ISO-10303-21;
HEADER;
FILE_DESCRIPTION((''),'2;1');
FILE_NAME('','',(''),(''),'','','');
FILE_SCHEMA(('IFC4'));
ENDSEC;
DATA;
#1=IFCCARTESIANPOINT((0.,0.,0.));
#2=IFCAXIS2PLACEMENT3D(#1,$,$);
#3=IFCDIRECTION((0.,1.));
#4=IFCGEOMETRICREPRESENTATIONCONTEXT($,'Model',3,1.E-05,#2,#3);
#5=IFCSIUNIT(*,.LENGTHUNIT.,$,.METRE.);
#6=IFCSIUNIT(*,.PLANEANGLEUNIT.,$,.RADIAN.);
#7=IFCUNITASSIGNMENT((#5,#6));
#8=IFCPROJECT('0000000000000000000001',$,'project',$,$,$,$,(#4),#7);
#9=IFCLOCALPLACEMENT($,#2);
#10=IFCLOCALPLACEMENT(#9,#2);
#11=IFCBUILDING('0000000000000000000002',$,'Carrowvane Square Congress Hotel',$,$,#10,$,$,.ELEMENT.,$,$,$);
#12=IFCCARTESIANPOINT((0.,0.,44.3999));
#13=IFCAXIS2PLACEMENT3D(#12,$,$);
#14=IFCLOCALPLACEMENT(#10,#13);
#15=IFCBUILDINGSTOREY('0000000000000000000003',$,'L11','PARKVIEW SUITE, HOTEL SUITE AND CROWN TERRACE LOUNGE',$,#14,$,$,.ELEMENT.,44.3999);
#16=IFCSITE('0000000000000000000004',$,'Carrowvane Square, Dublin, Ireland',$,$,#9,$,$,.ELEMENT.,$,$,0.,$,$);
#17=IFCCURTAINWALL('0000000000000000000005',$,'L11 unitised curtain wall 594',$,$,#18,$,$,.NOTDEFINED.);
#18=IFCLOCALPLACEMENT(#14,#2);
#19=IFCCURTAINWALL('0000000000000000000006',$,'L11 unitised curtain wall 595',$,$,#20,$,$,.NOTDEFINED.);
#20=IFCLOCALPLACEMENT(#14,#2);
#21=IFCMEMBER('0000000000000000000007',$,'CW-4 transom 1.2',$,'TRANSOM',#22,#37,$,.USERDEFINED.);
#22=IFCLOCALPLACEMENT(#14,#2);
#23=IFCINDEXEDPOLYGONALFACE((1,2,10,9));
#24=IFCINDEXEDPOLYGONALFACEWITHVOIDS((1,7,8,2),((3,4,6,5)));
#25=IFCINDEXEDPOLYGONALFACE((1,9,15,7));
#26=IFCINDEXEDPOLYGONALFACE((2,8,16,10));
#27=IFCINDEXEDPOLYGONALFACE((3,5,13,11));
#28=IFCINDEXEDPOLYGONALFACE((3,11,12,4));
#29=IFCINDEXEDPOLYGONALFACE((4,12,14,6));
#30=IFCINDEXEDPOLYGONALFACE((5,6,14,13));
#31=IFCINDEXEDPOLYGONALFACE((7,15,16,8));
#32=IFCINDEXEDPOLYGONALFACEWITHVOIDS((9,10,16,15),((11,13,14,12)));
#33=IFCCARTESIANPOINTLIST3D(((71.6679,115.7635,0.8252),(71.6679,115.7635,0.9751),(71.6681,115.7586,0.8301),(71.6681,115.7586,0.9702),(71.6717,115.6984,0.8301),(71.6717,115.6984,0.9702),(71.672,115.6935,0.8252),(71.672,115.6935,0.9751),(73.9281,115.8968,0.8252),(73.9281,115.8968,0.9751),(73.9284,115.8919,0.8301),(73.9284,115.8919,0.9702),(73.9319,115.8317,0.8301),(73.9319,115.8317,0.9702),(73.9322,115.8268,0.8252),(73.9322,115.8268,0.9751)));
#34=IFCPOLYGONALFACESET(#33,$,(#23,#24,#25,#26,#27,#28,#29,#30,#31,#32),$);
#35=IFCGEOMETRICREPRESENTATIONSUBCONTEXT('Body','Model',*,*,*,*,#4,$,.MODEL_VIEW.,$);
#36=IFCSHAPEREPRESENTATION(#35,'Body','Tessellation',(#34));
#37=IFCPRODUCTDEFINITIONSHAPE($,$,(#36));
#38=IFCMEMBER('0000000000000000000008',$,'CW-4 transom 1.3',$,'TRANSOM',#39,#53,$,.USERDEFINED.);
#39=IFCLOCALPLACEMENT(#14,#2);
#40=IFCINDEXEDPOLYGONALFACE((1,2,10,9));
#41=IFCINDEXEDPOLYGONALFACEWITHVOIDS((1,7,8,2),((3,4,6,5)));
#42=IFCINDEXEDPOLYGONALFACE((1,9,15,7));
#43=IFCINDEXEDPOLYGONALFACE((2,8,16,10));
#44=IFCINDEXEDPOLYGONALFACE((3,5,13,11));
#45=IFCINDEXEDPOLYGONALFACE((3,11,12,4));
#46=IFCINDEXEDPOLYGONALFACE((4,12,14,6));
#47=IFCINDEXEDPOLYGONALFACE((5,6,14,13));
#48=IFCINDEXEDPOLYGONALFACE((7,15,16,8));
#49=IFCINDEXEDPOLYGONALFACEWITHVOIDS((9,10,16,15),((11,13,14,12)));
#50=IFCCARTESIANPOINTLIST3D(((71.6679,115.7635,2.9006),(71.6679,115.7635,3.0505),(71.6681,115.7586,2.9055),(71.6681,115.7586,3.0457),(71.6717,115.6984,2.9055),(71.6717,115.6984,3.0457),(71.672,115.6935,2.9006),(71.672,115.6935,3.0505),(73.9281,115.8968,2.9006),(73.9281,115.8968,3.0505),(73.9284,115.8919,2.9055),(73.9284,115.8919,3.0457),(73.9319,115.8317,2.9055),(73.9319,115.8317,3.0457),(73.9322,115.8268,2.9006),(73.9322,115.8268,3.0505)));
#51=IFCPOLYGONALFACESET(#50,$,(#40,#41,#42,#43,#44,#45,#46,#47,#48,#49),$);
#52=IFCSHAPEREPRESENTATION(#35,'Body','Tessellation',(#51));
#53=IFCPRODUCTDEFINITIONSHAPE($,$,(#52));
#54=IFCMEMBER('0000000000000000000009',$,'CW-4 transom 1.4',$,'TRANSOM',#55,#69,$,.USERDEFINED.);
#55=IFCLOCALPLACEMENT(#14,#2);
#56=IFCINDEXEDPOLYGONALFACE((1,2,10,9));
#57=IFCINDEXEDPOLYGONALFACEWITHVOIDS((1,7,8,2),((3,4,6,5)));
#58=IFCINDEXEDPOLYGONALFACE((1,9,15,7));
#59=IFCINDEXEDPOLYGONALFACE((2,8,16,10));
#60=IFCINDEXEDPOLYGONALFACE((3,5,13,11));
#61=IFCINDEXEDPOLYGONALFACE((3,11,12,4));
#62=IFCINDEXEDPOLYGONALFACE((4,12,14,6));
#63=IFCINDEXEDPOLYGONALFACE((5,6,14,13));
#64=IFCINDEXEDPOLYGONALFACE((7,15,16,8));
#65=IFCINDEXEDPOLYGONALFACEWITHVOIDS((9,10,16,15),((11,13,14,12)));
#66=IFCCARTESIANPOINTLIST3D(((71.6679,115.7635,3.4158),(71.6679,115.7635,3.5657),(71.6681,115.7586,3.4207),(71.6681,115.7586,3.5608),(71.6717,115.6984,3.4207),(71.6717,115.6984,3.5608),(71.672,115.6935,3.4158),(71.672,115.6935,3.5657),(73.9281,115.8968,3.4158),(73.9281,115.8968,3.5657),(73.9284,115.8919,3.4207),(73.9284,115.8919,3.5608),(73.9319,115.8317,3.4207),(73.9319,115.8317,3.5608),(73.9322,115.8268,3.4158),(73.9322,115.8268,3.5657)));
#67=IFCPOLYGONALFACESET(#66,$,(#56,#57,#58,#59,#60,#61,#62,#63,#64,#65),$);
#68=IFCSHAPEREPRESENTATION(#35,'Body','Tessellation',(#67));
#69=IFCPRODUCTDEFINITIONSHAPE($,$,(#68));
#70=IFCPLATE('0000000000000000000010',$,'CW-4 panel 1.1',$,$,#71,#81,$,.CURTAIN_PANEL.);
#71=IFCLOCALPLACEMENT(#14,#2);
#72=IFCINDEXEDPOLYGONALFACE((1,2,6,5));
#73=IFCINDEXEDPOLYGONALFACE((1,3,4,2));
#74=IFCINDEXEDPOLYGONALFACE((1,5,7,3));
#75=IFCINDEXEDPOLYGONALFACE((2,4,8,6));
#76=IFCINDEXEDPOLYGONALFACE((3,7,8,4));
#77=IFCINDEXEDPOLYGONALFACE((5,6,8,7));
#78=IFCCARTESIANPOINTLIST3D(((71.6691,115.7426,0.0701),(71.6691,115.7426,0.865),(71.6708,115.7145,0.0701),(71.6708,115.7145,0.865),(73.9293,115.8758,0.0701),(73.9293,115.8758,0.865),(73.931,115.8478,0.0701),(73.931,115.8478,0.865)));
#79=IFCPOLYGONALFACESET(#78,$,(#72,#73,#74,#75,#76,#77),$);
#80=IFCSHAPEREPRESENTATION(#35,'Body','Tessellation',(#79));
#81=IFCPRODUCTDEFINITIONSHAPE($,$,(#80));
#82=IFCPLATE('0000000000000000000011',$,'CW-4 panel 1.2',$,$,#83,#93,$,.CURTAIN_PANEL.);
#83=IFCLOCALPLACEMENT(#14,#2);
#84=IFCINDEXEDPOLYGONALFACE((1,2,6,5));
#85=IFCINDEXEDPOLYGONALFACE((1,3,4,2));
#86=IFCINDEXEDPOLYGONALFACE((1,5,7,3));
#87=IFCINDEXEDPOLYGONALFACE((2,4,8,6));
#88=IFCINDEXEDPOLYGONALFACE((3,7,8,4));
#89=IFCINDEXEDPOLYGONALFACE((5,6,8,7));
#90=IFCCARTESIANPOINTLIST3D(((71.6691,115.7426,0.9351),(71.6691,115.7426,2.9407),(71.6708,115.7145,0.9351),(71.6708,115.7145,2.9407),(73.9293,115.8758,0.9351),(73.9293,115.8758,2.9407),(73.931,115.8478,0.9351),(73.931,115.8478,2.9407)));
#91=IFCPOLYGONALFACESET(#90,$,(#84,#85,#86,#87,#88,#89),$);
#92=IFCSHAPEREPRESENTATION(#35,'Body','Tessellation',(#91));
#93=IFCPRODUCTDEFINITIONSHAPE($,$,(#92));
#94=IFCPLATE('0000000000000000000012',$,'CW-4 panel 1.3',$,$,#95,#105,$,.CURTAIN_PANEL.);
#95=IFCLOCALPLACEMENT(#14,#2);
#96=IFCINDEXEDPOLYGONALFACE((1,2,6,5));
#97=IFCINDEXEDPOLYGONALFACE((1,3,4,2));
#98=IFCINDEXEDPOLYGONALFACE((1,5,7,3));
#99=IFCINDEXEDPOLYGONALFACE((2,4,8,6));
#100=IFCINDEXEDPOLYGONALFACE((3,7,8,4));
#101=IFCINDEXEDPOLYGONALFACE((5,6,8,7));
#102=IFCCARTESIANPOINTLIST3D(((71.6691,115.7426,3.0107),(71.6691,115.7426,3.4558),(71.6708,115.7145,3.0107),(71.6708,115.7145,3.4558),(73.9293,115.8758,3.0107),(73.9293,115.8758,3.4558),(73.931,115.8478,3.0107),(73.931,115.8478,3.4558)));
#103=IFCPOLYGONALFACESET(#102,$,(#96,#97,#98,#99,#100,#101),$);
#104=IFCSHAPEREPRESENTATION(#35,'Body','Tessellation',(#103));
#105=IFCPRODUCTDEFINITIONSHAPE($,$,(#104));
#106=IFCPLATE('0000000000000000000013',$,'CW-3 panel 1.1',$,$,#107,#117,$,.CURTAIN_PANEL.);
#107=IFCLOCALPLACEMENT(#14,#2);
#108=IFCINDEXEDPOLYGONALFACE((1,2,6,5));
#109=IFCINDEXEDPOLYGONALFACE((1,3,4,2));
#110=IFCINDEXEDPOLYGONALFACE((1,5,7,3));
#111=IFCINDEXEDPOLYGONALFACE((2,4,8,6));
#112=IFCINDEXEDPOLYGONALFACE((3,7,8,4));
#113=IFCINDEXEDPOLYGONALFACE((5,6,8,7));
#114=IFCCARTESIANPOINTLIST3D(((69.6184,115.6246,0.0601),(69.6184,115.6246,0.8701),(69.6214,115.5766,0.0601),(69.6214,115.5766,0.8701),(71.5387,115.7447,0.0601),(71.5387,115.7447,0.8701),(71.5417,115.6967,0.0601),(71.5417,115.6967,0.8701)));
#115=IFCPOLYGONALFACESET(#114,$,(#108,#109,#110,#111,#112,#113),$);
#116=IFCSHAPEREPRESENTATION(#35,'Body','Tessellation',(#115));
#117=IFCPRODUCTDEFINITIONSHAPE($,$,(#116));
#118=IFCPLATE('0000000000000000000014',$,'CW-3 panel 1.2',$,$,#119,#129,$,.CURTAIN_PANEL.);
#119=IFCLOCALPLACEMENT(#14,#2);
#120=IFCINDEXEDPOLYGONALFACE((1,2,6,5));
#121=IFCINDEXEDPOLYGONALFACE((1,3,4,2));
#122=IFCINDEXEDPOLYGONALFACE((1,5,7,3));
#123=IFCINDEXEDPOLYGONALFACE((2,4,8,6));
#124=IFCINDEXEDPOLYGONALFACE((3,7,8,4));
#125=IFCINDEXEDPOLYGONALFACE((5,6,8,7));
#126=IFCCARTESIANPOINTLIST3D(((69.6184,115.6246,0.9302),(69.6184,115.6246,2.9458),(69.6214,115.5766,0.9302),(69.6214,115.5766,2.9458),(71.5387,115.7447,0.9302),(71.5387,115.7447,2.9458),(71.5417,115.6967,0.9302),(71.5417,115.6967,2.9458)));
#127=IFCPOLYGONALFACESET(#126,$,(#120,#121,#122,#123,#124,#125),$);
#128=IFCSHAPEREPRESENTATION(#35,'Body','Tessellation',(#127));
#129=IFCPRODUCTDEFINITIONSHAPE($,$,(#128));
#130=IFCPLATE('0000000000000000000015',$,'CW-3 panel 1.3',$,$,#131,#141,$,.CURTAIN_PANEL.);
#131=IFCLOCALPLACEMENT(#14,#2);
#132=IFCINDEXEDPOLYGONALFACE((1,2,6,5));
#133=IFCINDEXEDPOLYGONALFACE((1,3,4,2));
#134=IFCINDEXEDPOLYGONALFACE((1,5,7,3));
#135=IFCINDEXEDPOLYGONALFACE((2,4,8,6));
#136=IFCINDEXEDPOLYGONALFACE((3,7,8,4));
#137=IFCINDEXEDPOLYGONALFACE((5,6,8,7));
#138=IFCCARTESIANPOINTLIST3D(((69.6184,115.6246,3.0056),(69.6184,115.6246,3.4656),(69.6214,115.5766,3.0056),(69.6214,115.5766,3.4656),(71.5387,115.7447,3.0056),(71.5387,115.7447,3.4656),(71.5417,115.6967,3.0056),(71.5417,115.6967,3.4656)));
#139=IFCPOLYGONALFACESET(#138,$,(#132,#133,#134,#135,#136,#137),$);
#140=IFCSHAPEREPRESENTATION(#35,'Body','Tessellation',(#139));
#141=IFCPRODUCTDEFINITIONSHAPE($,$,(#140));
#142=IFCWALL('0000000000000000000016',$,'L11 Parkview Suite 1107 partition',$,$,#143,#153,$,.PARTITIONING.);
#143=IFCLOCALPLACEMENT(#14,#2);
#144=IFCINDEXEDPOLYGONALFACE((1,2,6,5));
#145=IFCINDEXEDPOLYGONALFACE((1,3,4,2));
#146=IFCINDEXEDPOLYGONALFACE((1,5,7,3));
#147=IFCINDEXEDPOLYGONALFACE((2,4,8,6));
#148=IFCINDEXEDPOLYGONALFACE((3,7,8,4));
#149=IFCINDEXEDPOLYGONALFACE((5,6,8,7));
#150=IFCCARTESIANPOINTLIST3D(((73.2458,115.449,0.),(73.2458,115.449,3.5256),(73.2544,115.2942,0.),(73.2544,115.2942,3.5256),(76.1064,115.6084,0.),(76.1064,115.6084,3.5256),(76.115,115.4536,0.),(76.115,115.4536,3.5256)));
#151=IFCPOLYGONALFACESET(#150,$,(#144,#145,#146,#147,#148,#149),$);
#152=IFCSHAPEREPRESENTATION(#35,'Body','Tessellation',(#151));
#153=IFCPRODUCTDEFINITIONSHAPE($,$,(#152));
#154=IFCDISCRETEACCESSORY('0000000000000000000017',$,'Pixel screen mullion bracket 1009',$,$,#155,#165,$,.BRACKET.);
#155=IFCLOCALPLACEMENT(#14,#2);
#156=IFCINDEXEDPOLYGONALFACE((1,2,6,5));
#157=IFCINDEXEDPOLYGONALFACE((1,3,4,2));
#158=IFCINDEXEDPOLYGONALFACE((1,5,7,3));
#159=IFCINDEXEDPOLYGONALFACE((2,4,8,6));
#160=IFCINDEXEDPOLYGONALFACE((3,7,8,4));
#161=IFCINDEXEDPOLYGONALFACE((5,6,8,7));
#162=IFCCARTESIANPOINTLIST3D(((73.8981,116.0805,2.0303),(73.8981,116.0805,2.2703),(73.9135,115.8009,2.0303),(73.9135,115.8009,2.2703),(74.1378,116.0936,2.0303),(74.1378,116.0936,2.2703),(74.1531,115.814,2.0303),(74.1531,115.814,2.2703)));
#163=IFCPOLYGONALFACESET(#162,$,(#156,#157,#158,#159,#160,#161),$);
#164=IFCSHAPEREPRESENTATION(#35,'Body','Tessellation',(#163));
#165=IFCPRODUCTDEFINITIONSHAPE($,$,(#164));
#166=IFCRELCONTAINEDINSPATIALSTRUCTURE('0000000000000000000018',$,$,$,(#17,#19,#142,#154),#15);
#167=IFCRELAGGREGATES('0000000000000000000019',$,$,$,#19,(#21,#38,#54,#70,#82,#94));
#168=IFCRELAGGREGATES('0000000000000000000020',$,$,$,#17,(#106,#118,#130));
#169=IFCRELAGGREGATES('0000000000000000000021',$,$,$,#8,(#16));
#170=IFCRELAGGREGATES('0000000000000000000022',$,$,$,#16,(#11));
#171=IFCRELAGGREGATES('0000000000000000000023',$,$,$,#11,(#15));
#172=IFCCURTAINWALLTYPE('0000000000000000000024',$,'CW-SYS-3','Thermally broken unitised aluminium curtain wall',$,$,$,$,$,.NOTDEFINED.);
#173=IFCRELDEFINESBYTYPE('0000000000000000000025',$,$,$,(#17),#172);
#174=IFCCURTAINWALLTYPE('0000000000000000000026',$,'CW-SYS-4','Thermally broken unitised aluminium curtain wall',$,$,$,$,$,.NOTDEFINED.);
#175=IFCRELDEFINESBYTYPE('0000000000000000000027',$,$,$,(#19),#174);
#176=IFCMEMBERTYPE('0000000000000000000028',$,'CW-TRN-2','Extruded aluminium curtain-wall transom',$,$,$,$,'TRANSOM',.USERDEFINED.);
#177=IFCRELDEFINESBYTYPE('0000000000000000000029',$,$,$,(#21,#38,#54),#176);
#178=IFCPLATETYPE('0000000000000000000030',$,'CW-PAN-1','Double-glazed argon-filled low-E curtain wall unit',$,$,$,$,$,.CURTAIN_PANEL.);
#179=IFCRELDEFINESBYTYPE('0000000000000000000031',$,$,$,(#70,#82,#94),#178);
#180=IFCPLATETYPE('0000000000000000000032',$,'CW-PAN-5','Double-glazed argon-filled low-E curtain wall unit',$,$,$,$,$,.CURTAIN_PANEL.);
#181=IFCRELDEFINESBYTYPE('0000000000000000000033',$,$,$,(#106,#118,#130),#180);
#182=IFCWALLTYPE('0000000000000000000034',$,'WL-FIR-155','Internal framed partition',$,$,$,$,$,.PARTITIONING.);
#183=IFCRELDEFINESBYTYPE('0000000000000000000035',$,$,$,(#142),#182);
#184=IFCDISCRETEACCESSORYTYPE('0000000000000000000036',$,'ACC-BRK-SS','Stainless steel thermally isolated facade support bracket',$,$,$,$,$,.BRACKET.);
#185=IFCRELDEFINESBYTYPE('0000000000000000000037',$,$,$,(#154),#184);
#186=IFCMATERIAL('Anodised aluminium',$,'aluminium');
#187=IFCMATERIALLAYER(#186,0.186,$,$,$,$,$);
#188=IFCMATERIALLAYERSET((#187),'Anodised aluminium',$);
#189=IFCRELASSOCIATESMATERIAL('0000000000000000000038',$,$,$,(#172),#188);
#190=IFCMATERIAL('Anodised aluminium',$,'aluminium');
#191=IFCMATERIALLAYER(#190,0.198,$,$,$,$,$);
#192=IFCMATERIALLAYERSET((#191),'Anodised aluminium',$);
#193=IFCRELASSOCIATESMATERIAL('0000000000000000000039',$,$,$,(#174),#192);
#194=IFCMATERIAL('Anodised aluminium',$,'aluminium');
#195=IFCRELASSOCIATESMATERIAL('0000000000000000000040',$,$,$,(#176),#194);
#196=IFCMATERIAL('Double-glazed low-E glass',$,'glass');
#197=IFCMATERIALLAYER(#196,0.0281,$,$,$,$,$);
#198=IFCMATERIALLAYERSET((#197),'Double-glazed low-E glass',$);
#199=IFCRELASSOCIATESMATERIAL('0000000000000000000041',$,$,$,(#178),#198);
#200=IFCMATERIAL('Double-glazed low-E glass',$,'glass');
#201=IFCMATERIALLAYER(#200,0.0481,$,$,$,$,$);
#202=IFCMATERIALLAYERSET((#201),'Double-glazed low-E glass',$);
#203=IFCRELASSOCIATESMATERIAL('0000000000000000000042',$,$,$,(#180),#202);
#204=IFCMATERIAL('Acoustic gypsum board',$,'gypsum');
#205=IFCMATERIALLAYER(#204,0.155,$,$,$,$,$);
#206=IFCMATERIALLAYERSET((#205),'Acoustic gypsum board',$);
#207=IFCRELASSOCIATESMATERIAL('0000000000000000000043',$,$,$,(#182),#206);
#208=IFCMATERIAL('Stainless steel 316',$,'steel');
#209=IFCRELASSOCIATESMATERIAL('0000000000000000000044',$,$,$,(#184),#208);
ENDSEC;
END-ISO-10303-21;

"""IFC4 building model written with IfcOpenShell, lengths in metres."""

from ifc_helpers import new_model, si_unit, direction, frame, frame_2d, origin, origin_2d, place, context, subcontext, project, spatial, rectangle, hollow_rectangle, extrude, material, layer, layer_set, material_profile, profile_set, type_object, element, aggregate, save


model = new_model("IFC4")

# Units and contexts
model_context = context("Model", 3, precision=1e-05, world=origin(), true_north=direction((0.0, 1.0)))
body_context = subcontext(model_context, "Body", "Model", "MODEL_VIEW")
ifc_project = project(units=[si_unit("LENGTHUNIT", "METRE"), si_unit("PLANEANGLEUNIT", "RADIAN")], contexts=[model_context])

# Site, building, storey
site_placement = place(None, origin())
site = spatial("IfcSite", under=ifc_project, at=site_placement, Name="Carrowvane Square, Dublin, Ireland", CompositionType="ELEMENT", RefElevation=0.0)
building_placement = place(site_placement, origin())
building = spatial("IfcBuilding", under=site, at=building_placement, Name="Carrowvane Square Congress Hotel", CompositionType="ELEMENT")
storey_placement = place(building_placement, frame((0.0, 0.0, 44.3999)))
storey = spatial("IfcBuildingStorey", under=building, at=storey_placement, Name="L11", Description="PARKVIEW SUITE, HOTEL SUITE AND CROWN TERRACE LOUNGE", CompositionType="ELEMENT", Elevation=44.3999)

# Curtain wall
ifc_material_1 = material(Name="Anodised aluminium", Category="aluminium")
ifc_layer_1 = layer(ifc_material_1, 0.186)
ifc_layer_set_1 = layer_set([ifc_layer_1], Name="Anodised aluminium")
curtain_wall_type_1 = type_object("IfcCurtainWallType", Name="CW-SYS-3", Description="Thermally broken unitised aluminium curtain wall", PredefinedType="NOTDEFINED", material=ifc_layer_set_1)
curtain_wall_1_placement = place(storey_placement, origin())
curtain_wall_1 = element("IfcCurtainWall", 1, at=curtain_wall_1_placement, inside=storey, type_object=curtain_wall_type_1, Name="L11 unitised curtain wall 594", PredefinedType="NOTDEFINED")

# Curtain wall
ifc_material_2 = material(Name="Anodised aluminium", Category="aluminium")
ifc_layer_2 = layer(ifc_material_2, 0.198)
ifc_layer_set_2 = layer_set([ifc_layer_2], Name="Anodised aluminium")
curtain_wall_type_2 = type_object("IfcCurtainWallType", Name="CW-SYS-4", Description="Thermally broken unitised aluminium curtain wall", PredefinedType="NOTDEFINED", material=ifc_layer_set_2)
curtain_wall_2_placement = place(storey_placement, origin())
curtain_wall_2 = element("IfcCurtainWall", 2, at=curtain_wall_2_placement, inside=storey, type_object=curtain_wall_type_2, Name="L11 unitised curtain wall 595", PredefinedType="NOTDEFINED")

# Members
ifc_material_3 = material(Name="Anodised aluminium", Category="aluminium")
ifc_material_profile_1 = material_profile(ifc_material_3, hollow_rectangle(XDim=0.0701, YDim=0.1499, WallThickness=0.0049, at=origin_2d()), Name="CW-TR 70x150x5")
ifc_profile_set_1 = profile_set([ifc_material_profile_1], Name="Anodised aluminium")
member_type_1 = type_object("IfcMemberType", Name="CW-TRN-2", Description="Extruded aluminium curtain-wall transom", ElementType="TRANSOM", PredefinedType="USERDEFINED", material=ifc_profile_set_1)
member_1_placement = place(storey_placement, frame((71.6699, 115.7285, 0.9001), z_axis=(0.998265, 0.058874, 0.0), x_axis=(-0.058874, 0.998265, 0.0)))
member_1 = element("IfcMember", 3, at=member_1_placement, type_object=member_type_1, Name="CW-4 transom 1.2", ObjectType="TRANSOM", PredefinedType="USERDEFINED", context=body_context, shape_type="SweptSolid", body=[
    extrude(hollow_rectangle(XDim=0.0701, YDim=0.1499, WallThickness=0.0049, at=origin_2d()), origin(), (0.0, 0.0, 1.0), 2.2642),
])
member_2_placement = place(storey_placement, frame((71.6699, 115.7285, 2.9756), z_axis=(0.998265, 0.058874, 0.0), x_axis=(-0.058874, 0.998265, 0.0)))
member_2 = element("IfcMember", 4, at=member_2_placement, type_object=member_type_1, Name="CW-4 transom 1.3", ObjectType="TRANSOM", PredefinedType="USERDEFINED", context=body_context, shape_type="SweptSolid", body=[
    extrude(hollow_rectangle(XDim=0.0701, YDim=0.1499, WallThickness=0.0049, at=origin_2d()), origin(), (0.0, 0.0, 1.0), 2.2642),
])
member_3_placement = place(storey_placement, frame((71.6699, 115.7285, 3.4907), z_axis=(0.998265, 0.058874, 0.0), x_axis=(-0.058874, 0.998265, 0.0)))
member_3 = element("IfcMember", 5, at=member_3_placement, type_object=member_type_1, Name="CW-4 transom 1.4", ObjectType="TRANSOM", PredefinedType="USERDEFINED", context=body_context, shape_type="SweptSolid", body=[
    extrude(hollow_rectangle(XDim=0.0701, YDim=0.1499, WallThickness=0.0049, at=origin_2d()), origin(), (0.0, 0.0, 1.0), 2.2642),
])

# Plates
ifc_material_4 = material(Name="Double-glazed low-E glass", Category="glass")
ifc_layer_3 = layer(ifc_material_4, 0.0281)
ifc_layer_set_3 = layer_set([ifc_layer_3], Name="Double-glazed low-E glass")
plate_type_1 = type_object("IfcPlateType", Name="CW-PAN-1", Description="Double-glazed argon-filled low-E curtain wall unit", PredefinedType="CURTAIN_PANEL", material=ifc_layer_set_3)
plate_1_placement = place(storey_placement, frame((72.8, 115.7952, 0.0701), z_axis=(0.0, 0.0, 1.0), x_axis=(0.998267, 0.058851, 0.0)))
plate_1 = element("IfcPlate", 6, at=plate_1_placement, type_object=plate_type_1, Name="CW-4 panel 1.1", PredefinedType="CURTAIN_PANEL", context=body_context, shape_type="SweptSolid", body=[
    extrude(rectangle(XDim=2.2642, YDim=0.0281, at=origin_2d()), origin(), (0.0, 0.0, 1.0), 0.7949),
])
plate_2_placement = place(storey_placement, frame((72.8, 115.7952, 0.9351), z_axis=(0.0, 0.0, 1.0), x_axis=(0.998267, 0.058851, 0.0)))
plate_2 = element("IfcPlate", 7, at=plate_2_placement, type_object=plate_type_1, Name="CW-4 panel 1.2", PredefinedType="CURTAIN_PANEL", context=body_context, shape_type="SweptSolid", body=[
    extrude(rectangle(XDim=2.2642, YDim=0.0281, at=origin_2d()), origin(), (0.0, 0.0, 1.0), 2.0056),
])
plate_3_placement = place(storey_placement, frame((72.8, 115.7952, 3.0107), z_axis=(0.0, 0.0, 1.0), x_axis=(0.998267, 0.058851, 0.0)))
plate_3 = element("IfcPlate", 8, at=plate_3_placement, type_object=plate_type_1, Name="CW-4 panel 1.3", PredefinedType="CURTAIN_PANEL", context=body_context, shape_type="SweptSolid", body=[
    extrude(rectangle(XDim=2.2642, YDim=0.0281, at=origin_2d()), origin(), (0.0, 0.0, 1.0), 0.4451),
])
aggregate(curtain_wall_2, [member_1, member_2, member_3, plate_1, plate_2, plate_3])
ifc_material_5 = material(Name="Double-glazed low-E glass", Category="glass")
ifc_layer_4 = layer(ifc_material_5, 0.0481)
ifc_layer_set_4 = layer_set([ifc_layer_4], Name="Double-glazed low-E glass")
plate_type_2 = type_object("IfcPlateType", Name="CW-PAN-5", Description="Double-glazed argon-filled low-E curtain wall unit", PredefinedType="CURTAIN_PANEL", material=ifc_layer_set_4)
plate_4_placement = place(storey_placement, frame((70.5801, 115.6606, 0.0601), z_axis=(0.0, 0.0, 1.0), x_axis=(0.998051, 0.062397, 0.0)))
plate_4 = element("IfcPlate", 9, at=plate_4_placement, type_object=plate_type_2, Name="CW-3 panel 1.1", PredefinedType="CURTAIN_PANEL", context=body_context, shape_type="SweptSolid", body=[
    extrude(rectangle(XDim=1.9241, YDim=0.0481, at=origin_2d()), origin(), (0.0, 0.0, 1.0), 0.8101),
])
plate_5_placement = place(storey_placement, frame((70.5801, 115.6606, 0.9302), z_axis=(0.0, 0.0, 1.0), x_axis=(0.998051, 0.062397, 0.0)))
plate_5 = element("IfcPlate", 10, at=plate_5_placement, type_object=plate_type_2, Name="CW-3 panel 1.2", PredefinedType="CURTAIN_PANEL", context=body_context, shape_type="SweptSolid", body=[
    extrude(rectangle(XDim=1.9241, YDim=0.0481, at=origin_2d()), origin(), (0.0, 0.0, 1.0), 2.0156),
])
plate_6_placement = place(storey_placement, frame((70.5801, 115.6606, 3.0056), z_axis=(0.0, 0.0, 1.0), x_axis=(0.998051, 0.062397, 0.0)))
plate_6 = element("IfcPlate", 11, at=plate_6_placement, type_object=plate_type_2, Name="CW-3 panel 1.3", PredefinedType="CURTAIN_PANEL", context=body_context, shape_type="SweptSolid", body=[
    extrude(rectangle(XDim=1.9241, YDim=0.0481, at=origin_2d()), origin(), (0.0, 0.0, 1.0), 0.46),
])
aggregate(curtain_wall_1, [plate_4, plate_5, plate_6])

# Wall
ifc_material_6 = material(Name="Acoustic gypsum board", Category="gypsum")
ifc_layer_5 = layer(ifc_material_6, 0.155)
ifc_layer_set_5 = layer_set([ifc_layer_5], Name="Acoustic gypsum board")
wall_type = type_object("IfcWallType", Name="WL-FIR-155", Description="Internal framed partition", PredefinedType="PARTITIONING", material=ifc_layer_set_5)
wall_placement = place(storey_placement, frame((73.25, 115.3716, 0.0), z_axis=(0.0, 0.0, 1.0), x_axis=(0.998451, 0.055645, 0.0)))
element("IfcWall", 12, at=wall_placement, inside=storey, type_object=wall_type, Name="L11 Parkview Suite 1107 partition", PredefinedType="PARTITIONING", context=body_context, shape_type="SweptSolid", body=[
    extrude(rectangle(XDim=2.865, YDim=0.155, at=frame_2d((1.4326, 0.0))), origin(), (0.0, 0.0, 1.0), 3.5256),
])

# Discrete accessory
ifc_material_7 = material(Name="Stainless steel 316", Category="steel")
discrete_accessory_type = type_object("IfcDiscreteAccessoryType", Name="ACC-BRK-SS", Description="Stainless steel thermally isolated facade support bracket", PredefinedType="BRACKET", material=ifc_material_7)
discrete_accessory_placement = place(storey_placement, frame((74.0256, 115.9473, 2.0303), z_axis=(0.0, 0.0, 1.0), x_axis=(0.998497, 0.054815, 0.0)))
element("IfcDiscreteAccessory", 13, at=discrete_accessory_placement, inside=storey, type_object=discrete_accessory_type, Name="Pixel screen mullion bracket 1009", PredefinedType="BRACKET", context=body_context, shape_type="SweptSolid", body=[
    extrude(rectangle(XDim=0.24, YDim=0.28, at=origin_2d()), origin(), (0.0, 0.0, 1.0), 0.24),
])

save(model, "model.ifc")
